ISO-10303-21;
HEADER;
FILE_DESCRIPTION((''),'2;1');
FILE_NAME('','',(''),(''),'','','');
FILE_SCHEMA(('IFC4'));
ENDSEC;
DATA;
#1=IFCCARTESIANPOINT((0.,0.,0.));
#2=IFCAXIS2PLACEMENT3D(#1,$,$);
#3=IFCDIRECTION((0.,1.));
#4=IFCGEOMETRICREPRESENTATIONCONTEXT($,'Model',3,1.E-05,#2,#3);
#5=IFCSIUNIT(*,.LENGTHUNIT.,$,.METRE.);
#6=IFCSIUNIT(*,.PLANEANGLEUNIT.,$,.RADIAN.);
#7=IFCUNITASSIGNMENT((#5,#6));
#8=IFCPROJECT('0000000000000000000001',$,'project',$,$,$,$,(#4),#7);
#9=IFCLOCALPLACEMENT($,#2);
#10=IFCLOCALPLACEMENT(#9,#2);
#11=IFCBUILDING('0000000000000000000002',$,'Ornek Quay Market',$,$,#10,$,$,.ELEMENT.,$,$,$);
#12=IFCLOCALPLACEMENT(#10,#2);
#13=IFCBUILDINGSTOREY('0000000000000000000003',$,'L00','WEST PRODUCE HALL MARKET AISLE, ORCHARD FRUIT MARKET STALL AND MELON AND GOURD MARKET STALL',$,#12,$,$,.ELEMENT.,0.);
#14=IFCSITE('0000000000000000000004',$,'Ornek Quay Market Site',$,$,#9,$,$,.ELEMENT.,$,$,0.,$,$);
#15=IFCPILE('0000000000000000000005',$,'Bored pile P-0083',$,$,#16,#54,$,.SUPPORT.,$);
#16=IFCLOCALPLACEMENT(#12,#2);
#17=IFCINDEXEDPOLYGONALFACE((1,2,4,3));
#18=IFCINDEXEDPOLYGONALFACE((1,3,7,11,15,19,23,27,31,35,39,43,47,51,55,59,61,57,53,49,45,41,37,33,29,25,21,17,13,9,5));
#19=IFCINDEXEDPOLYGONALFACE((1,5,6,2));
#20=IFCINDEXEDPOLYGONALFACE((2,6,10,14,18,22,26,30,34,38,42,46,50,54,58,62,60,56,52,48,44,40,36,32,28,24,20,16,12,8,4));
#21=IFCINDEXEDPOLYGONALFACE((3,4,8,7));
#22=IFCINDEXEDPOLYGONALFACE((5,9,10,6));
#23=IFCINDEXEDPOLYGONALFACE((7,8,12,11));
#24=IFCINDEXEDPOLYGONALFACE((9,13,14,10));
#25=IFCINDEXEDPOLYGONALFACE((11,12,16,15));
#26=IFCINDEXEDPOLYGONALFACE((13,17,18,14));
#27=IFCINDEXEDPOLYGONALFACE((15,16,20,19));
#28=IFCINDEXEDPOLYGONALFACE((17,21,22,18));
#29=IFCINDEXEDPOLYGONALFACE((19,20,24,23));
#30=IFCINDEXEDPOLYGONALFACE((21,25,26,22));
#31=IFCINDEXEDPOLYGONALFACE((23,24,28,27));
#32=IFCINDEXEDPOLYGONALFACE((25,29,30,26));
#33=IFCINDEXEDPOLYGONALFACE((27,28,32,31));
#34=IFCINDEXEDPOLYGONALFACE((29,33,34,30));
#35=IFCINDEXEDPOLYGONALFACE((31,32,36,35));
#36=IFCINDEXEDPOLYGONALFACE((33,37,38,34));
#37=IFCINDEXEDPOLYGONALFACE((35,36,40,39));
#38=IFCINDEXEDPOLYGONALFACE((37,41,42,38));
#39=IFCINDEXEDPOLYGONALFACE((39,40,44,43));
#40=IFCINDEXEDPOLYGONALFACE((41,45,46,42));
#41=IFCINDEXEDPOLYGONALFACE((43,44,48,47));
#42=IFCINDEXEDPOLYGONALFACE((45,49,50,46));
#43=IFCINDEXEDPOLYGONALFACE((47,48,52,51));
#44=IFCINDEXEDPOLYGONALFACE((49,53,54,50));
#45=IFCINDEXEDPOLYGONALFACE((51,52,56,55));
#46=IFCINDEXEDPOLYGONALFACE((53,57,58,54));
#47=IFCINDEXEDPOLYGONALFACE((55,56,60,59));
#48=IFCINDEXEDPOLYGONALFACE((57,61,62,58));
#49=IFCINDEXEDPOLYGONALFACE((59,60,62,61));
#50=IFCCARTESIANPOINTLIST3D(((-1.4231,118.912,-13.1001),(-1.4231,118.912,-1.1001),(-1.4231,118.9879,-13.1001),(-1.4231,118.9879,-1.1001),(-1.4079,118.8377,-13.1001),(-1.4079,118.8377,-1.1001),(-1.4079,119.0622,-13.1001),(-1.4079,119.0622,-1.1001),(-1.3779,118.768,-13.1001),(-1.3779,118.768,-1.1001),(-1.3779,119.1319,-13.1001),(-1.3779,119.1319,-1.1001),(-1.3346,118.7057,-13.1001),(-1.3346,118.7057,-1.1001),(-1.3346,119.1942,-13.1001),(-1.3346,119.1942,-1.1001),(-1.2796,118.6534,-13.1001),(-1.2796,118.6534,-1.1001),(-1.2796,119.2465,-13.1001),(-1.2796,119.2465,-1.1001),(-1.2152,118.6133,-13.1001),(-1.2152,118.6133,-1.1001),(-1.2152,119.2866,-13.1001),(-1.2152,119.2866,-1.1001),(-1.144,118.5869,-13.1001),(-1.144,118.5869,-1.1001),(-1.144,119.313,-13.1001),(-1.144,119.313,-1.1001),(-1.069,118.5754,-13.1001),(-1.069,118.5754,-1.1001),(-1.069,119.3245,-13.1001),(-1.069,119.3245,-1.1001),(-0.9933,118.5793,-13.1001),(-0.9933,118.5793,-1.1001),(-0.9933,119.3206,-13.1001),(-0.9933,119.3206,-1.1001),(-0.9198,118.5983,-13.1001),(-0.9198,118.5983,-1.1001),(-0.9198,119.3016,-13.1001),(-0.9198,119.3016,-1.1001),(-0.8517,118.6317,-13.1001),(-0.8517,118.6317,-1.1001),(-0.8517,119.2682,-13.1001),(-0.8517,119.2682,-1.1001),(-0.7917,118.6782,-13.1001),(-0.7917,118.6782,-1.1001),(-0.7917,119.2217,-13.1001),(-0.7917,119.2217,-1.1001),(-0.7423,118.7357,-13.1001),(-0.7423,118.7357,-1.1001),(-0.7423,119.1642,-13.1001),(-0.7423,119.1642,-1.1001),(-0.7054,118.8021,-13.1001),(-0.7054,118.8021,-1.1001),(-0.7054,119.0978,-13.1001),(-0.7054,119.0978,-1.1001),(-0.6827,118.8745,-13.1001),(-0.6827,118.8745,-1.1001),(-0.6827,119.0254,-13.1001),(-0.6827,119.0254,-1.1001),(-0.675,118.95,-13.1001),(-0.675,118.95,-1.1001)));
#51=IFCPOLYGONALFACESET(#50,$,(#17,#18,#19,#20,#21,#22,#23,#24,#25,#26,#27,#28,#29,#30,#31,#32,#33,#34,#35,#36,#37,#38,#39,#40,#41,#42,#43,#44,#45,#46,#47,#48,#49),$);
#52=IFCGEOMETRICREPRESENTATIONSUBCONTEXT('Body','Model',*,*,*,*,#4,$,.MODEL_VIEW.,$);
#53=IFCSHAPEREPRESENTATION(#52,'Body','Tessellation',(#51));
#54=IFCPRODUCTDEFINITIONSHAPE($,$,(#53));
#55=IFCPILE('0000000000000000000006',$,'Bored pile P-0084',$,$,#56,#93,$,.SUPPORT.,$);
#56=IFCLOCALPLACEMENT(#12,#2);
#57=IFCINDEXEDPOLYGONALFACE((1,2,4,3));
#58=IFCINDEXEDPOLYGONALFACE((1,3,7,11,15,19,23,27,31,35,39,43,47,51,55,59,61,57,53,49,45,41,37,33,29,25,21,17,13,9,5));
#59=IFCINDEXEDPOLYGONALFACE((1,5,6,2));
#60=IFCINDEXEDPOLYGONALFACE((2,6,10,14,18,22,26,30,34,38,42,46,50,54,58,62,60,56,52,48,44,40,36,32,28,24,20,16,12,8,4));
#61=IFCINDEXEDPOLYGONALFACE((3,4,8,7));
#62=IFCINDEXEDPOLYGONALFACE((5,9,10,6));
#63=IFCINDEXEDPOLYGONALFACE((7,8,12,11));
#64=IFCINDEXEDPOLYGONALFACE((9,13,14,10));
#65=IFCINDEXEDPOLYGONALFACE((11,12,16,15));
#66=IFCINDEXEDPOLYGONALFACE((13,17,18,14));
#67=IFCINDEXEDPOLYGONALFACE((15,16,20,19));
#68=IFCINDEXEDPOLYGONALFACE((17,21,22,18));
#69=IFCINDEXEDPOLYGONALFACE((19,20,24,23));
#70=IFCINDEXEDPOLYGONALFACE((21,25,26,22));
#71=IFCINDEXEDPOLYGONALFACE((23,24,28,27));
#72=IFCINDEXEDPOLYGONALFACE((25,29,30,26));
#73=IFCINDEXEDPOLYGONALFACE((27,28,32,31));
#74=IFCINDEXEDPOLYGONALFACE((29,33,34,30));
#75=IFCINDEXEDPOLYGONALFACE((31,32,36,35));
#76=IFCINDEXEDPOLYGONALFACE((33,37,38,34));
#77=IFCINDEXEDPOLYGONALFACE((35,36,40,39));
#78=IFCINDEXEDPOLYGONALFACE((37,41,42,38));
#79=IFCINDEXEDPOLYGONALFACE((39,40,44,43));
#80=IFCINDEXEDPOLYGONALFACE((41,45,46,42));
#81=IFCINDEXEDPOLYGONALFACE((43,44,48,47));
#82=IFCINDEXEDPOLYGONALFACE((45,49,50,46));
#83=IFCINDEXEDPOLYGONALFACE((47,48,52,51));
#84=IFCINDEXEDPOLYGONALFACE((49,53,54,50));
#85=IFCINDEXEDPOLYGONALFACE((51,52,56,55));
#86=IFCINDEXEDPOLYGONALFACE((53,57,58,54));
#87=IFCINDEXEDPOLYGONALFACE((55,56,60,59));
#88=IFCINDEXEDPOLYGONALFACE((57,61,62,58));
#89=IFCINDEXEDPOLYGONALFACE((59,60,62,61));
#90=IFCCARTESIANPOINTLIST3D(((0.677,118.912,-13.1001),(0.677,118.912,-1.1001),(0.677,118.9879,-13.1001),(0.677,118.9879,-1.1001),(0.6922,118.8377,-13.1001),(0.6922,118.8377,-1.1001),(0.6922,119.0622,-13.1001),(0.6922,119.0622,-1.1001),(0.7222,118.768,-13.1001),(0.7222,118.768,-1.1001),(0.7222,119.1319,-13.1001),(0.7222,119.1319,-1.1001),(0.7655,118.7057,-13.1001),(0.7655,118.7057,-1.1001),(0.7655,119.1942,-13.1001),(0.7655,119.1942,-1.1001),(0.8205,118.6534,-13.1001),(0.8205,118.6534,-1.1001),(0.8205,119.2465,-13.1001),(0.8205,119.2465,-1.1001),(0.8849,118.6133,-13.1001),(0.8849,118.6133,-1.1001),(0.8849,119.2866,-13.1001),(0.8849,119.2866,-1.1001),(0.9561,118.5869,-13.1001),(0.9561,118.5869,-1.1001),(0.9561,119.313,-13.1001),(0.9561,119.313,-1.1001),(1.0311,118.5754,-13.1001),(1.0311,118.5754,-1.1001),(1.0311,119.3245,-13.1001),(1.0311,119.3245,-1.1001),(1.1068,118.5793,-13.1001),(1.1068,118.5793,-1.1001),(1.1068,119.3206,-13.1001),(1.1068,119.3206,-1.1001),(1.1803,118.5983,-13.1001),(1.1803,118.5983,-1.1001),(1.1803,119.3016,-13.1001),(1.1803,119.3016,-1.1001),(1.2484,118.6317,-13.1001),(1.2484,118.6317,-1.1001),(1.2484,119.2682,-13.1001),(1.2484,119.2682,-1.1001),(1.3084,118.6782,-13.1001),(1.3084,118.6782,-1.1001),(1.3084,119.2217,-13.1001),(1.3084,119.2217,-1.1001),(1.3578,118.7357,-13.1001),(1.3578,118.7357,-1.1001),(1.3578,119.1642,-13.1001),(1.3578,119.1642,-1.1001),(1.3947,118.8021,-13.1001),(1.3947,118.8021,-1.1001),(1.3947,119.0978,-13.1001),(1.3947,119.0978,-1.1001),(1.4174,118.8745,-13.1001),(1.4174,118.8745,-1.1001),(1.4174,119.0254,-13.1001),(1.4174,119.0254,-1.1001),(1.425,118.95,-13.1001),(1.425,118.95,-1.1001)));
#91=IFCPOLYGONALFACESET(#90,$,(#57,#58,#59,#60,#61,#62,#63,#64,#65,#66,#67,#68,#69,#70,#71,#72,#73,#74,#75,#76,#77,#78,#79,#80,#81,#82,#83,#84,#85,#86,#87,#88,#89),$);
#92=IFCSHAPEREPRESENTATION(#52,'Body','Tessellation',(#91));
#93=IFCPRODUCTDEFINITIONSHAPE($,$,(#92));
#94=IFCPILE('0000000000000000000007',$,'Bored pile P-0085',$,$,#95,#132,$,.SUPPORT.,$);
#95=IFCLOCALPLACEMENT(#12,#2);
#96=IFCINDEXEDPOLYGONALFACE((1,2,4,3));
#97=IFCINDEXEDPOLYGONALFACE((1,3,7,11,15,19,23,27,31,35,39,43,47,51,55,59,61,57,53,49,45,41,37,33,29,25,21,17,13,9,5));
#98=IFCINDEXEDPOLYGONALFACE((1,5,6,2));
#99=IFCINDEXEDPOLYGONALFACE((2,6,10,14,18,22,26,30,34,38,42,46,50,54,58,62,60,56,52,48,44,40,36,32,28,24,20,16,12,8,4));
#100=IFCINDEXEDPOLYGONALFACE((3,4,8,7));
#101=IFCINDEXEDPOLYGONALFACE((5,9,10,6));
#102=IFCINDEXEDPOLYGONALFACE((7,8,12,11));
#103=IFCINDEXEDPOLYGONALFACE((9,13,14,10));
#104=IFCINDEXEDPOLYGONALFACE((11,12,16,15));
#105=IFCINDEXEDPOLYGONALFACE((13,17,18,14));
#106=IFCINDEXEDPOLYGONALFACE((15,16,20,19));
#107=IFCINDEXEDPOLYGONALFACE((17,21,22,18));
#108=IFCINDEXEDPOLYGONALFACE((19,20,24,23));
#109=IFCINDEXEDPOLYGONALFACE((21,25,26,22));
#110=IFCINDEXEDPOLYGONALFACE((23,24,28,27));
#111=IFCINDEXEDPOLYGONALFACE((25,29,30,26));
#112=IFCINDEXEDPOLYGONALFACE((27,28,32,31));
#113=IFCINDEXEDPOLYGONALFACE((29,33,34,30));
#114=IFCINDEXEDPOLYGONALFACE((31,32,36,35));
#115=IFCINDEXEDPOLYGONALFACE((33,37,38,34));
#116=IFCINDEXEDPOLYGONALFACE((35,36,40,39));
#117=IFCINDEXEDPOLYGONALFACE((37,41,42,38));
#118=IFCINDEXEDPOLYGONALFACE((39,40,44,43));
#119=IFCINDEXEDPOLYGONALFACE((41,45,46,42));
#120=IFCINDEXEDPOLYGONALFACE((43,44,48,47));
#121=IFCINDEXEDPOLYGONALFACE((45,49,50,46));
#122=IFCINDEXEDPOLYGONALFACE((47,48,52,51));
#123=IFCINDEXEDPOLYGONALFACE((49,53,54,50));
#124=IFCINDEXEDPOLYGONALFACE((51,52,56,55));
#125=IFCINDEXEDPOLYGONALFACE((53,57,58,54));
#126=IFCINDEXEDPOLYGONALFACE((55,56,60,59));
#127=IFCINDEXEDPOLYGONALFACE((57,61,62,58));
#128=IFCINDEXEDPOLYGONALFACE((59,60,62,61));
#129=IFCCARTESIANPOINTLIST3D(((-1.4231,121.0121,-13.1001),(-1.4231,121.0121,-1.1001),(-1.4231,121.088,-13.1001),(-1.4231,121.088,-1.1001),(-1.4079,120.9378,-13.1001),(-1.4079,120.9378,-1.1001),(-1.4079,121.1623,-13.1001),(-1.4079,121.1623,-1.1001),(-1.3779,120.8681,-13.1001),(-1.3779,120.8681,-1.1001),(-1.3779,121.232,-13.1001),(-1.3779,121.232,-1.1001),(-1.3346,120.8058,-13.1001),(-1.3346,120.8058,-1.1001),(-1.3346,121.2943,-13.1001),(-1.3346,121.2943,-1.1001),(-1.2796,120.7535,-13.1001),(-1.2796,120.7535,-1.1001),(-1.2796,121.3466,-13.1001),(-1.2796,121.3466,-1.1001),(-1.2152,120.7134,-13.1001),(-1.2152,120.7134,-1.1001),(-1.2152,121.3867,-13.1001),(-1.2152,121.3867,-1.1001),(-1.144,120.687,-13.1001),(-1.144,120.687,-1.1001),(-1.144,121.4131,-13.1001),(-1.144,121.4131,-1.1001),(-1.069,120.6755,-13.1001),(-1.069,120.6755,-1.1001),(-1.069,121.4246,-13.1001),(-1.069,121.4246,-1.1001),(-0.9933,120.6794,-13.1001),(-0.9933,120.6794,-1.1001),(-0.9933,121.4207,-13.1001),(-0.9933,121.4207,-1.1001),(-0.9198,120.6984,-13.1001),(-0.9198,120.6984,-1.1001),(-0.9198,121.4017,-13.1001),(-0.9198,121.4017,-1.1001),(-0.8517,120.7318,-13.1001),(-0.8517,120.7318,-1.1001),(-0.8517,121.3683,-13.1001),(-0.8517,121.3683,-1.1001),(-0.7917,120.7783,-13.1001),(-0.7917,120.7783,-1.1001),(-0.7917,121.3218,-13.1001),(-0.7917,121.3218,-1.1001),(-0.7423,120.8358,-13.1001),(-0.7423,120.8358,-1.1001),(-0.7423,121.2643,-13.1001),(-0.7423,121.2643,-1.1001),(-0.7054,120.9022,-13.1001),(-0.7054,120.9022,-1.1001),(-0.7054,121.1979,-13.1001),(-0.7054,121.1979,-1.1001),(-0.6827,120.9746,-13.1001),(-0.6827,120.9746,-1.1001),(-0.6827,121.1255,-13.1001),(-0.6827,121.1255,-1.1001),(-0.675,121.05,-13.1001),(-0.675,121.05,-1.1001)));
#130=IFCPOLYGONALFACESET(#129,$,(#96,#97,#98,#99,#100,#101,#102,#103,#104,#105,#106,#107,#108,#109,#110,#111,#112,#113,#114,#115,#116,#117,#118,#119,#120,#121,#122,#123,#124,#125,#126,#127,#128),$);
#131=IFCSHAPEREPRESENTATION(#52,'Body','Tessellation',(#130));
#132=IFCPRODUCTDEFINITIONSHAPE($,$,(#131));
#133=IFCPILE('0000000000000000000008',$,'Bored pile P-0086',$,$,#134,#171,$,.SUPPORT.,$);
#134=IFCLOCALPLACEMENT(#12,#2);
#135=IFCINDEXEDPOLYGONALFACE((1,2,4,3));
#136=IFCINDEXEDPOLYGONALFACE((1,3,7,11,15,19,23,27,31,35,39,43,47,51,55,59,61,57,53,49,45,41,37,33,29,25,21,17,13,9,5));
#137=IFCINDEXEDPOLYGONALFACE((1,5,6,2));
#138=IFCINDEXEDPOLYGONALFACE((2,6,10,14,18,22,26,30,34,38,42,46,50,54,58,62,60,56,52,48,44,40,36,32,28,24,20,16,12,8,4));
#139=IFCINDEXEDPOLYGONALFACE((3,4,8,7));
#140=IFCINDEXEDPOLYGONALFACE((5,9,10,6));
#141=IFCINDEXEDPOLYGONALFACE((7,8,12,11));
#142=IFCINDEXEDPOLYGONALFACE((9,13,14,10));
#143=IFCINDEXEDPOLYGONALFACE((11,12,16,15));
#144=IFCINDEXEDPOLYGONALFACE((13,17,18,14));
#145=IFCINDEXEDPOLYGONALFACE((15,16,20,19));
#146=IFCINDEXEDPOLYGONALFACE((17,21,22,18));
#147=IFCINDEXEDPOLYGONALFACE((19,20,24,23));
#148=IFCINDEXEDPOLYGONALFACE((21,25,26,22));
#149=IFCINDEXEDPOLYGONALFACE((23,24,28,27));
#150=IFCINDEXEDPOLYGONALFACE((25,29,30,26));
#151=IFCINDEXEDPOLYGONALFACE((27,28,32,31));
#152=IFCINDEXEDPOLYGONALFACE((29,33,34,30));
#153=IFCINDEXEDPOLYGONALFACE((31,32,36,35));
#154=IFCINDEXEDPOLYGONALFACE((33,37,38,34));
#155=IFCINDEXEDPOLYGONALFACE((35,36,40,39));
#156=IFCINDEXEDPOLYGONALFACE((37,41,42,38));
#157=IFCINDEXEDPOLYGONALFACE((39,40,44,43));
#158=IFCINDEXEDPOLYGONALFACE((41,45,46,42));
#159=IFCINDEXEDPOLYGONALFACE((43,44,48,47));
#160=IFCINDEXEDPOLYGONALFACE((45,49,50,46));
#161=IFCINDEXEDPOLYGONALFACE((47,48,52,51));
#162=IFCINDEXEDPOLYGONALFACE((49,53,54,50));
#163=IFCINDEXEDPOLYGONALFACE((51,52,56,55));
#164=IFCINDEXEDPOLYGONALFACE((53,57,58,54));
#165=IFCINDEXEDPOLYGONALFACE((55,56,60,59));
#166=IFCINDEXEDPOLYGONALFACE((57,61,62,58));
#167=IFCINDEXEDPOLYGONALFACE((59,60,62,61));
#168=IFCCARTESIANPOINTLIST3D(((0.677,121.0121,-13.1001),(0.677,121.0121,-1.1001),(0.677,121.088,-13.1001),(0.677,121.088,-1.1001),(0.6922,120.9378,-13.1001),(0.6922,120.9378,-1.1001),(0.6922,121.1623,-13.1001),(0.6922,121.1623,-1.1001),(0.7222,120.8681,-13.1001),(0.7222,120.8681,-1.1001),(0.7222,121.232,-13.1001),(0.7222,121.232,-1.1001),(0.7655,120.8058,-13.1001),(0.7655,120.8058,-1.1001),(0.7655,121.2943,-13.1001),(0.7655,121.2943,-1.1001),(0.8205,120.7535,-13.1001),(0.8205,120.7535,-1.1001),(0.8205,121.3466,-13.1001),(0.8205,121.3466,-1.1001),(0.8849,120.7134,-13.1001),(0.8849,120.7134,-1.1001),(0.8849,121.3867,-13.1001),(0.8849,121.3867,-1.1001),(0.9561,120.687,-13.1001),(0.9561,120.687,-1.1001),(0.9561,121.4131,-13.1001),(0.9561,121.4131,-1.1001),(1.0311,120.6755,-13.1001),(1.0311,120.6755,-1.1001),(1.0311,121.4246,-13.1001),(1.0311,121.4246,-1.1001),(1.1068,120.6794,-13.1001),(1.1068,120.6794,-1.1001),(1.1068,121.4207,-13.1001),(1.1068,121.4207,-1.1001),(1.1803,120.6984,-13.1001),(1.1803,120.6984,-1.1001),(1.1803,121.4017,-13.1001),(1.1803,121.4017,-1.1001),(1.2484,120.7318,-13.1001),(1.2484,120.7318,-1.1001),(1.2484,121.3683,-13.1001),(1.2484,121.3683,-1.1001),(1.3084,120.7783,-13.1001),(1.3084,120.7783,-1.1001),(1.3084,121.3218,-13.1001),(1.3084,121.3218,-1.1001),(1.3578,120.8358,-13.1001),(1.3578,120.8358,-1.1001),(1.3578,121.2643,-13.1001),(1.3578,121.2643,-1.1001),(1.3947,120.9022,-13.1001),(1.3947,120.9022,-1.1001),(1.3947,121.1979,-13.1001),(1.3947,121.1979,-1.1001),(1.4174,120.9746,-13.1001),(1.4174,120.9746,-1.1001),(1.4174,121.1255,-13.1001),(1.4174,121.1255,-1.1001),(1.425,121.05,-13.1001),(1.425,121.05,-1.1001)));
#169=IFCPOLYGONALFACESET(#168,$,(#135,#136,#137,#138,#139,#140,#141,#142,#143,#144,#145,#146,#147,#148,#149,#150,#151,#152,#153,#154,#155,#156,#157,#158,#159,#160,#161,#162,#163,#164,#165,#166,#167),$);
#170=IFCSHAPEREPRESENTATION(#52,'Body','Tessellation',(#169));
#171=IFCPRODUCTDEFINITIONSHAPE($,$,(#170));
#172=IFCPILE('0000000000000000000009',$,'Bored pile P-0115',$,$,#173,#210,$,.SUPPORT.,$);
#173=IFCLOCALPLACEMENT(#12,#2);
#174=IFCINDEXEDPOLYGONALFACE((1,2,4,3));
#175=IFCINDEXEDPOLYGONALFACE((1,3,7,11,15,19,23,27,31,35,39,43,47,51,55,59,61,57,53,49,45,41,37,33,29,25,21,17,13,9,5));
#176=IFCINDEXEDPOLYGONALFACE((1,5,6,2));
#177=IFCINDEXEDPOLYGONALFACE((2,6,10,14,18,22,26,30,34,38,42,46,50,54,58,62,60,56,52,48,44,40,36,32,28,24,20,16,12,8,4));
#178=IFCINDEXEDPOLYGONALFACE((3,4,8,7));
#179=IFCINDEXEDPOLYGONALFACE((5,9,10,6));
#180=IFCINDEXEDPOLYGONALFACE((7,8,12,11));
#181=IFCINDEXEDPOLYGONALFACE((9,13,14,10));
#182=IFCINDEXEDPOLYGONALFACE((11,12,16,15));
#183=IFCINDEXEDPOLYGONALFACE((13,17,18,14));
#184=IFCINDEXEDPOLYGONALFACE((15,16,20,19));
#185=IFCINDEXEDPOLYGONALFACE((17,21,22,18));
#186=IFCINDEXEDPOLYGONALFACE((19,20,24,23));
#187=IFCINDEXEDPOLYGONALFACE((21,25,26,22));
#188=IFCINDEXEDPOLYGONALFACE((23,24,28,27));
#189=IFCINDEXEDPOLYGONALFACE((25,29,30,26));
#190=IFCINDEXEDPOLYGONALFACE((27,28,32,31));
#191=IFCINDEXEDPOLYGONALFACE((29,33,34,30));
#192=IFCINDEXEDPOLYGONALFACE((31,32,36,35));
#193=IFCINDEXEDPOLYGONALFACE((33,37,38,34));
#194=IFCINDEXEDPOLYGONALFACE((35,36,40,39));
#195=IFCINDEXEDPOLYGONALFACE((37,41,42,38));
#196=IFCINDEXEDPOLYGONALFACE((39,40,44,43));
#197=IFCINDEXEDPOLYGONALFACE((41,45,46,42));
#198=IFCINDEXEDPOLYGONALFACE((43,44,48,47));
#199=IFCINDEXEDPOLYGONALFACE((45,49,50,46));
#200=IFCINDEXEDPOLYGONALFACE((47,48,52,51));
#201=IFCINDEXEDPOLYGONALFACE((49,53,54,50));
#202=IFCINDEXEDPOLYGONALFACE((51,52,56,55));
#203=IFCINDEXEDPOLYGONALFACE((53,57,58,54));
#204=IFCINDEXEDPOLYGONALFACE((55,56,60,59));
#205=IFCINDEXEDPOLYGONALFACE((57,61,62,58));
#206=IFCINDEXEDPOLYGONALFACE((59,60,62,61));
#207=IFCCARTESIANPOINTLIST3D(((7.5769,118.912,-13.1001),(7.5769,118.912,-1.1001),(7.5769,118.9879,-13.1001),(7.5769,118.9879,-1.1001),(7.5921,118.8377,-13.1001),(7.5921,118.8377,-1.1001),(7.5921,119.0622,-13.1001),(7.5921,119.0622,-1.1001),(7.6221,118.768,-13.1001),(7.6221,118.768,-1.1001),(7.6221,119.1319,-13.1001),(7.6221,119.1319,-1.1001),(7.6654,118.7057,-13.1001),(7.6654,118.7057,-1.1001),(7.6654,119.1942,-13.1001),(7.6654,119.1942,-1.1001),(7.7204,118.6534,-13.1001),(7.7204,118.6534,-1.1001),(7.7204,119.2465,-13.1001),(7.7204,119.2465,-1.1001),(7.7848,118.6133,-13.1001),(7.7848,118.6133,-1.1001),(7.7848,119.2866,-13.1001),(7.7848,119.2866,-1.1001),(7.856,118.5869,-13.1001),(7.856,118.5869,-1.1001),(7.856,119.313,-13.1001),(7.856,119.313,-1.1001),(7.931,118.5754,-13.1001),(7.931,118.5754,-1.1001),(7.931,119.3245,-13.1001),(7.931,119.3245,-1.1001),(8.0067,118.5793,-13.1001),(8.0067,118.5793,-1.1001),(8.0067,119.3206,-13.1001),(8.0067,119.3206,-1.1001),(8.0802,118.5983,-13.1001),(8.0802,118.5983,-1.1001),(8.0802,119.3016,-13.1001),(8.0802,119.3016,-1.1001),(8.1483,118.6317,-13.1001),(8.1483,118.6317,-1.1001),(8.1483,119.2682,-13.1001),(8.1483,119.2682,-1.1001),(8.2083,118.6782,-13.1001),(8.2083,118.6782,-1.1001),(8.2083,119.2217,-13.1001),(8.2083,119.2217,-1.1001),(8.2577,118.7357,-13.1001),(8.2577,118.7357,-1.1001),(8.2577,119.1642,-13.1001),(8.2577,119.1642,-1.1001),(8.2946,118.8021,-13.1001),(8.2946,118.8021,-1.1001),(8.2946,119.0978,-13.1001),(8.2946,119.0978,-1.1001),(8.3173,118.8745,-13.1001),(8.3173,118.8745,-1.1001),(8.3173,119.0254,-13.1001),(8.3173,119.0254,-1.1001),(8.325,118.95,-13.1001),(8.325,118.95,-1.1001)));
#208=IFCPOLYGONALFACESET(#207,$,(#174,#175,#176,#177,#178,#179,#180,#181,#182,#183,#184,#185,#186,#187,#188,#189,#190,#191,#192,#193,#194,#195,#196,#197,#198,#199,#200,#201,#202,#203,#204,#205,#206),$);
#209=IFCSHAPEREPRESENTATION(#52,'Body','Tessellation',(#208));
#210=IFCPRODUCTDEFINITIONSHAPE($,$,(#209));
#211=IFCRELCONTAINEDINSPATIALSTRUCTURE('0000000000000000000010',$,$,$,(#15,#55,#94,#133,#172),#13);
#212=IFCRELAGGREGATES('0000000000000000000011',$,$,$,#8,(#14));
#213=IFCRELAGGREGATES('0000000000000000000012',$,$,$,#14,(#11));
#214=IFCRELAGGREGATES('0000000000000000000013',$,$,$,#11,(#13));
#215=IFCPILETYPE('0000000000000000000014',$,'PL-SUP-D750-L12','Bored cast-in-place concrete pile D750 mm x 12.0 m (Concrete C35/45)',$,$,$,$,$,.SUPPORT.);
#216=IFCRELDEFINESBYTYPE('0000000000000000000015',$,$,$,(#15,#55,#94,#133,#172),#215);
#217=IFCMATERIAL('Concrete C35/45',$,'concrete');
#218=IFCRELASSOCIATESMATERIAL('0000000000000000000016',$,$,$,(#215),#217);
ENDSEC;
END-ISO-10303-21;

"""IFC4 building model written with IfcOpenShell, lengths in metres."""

from ifc_helpers import new_model, si_unit, direction, frame, origin, origin_2d, place, context, subcontext, project, spatial, circle, extrude, material, material_profile, profile_set, type_object, element, save


model = new_model("IFC4")

# Units and contexts
model_context = context("Model", 3, precision=1e-05, world=origin(), true_north=direction((0.0, 1.0)))
body_context = subcontext(model_context, "Body", "Model", "MODEL_VIEW")
ifc_project = project(units=[si_unit("LENGTHUNIT", "METRE"), si_unit("PLANEANGLEUNIT", "RADIAN")], contexts=[model_context])

# Site, building, storey
site_placement = place(None, origin())
site = spatial("IfcSite", under=ifc_project, at=site_placement, Name="Ornek Quay Market Site", CompositionType="ELEMENT", RefElevation=0.0)
building_placement = place(site_placement, origin())
building = spatial("IfcBuilding", under=site, at=building_placement, Name="Ornek Quay Market", CompositionType="ELEMENT")
storey_placement = place(building_placement, origin())
storey = spatial("IfcBuildingStorey", under=building, at=storey_placement, Name="L00", Description="WEST PRODUCE HALL MARKET AISLE, ORCHARD FRUIT MARKET STALL AND MELON AND GOURD MARKET STALL", CompositionType="ELEMENT", Elevation=0.0)

# Piles
ifc_material_1 = material(Name="Concrete C35/45", Category="concrete")
ifc_material_profile_1 = material_profile(ifc_material_1, circle(Radius=0.375, at=origin_2d()), Name="PILE D750", Category="concrete")
ifc_profile_set_1 = profile_set([ifc_material_profile_1], Name="Concrete C35/45")
pile_type = type_object("IfcPileType", Name="PL-SUP-D750-L12", Description="Bored cast-in-place concrete pile D750 mm x 12.0 m (Concrete C35/45)", PredefinedType="SUPPORT", material=ifc_profile_set_1)
for number, where, z_axis, x_axis, name in (
    (1, (-1.05, 118.95, -1.1001), (0.0, 0.0, -1.0), (1.0, 0.0, 0.0), "Bored pile P-0083"),
    (2, (1.05, 118.95, -1.1001), (0.0, 0.0, -1.0), (1.0, 0.0, 0.0), "Bored pile P-0084"),
    (3, (-1.05, 121.05, -1.1001), (0.0, 0.0, -1.0), (1.0, 0.0, 0.0), "Bored pile P-0085"),
    (4, (1.05, 121.05, -1.1001), (0.0, 0.0, -1.0), (1.0, 0.0, 0.0), "Bored pile P-0086"),
    (5, (7.95, 118.95, -1.1001), (0.0, 0.0, -1.0), (1.0, 0.0, 0.0), "Bored pile P-0115"),
):
    element("IfcPile", number, at=place(storey_placement, frame(where, z_axis=z_axis, x_axis=x_axis)), inside=storey, type_object=pile_type, Name=name, PredefinedType="SUPPORT", context=body_context, shape_type="SweptSolid", body=[
        extrude(circle(Radius=0.375, at=origin_2d()), origin(), (0.0, 0.0, 1.0), 12.0),
    ])

save(model, "model.ifc")
